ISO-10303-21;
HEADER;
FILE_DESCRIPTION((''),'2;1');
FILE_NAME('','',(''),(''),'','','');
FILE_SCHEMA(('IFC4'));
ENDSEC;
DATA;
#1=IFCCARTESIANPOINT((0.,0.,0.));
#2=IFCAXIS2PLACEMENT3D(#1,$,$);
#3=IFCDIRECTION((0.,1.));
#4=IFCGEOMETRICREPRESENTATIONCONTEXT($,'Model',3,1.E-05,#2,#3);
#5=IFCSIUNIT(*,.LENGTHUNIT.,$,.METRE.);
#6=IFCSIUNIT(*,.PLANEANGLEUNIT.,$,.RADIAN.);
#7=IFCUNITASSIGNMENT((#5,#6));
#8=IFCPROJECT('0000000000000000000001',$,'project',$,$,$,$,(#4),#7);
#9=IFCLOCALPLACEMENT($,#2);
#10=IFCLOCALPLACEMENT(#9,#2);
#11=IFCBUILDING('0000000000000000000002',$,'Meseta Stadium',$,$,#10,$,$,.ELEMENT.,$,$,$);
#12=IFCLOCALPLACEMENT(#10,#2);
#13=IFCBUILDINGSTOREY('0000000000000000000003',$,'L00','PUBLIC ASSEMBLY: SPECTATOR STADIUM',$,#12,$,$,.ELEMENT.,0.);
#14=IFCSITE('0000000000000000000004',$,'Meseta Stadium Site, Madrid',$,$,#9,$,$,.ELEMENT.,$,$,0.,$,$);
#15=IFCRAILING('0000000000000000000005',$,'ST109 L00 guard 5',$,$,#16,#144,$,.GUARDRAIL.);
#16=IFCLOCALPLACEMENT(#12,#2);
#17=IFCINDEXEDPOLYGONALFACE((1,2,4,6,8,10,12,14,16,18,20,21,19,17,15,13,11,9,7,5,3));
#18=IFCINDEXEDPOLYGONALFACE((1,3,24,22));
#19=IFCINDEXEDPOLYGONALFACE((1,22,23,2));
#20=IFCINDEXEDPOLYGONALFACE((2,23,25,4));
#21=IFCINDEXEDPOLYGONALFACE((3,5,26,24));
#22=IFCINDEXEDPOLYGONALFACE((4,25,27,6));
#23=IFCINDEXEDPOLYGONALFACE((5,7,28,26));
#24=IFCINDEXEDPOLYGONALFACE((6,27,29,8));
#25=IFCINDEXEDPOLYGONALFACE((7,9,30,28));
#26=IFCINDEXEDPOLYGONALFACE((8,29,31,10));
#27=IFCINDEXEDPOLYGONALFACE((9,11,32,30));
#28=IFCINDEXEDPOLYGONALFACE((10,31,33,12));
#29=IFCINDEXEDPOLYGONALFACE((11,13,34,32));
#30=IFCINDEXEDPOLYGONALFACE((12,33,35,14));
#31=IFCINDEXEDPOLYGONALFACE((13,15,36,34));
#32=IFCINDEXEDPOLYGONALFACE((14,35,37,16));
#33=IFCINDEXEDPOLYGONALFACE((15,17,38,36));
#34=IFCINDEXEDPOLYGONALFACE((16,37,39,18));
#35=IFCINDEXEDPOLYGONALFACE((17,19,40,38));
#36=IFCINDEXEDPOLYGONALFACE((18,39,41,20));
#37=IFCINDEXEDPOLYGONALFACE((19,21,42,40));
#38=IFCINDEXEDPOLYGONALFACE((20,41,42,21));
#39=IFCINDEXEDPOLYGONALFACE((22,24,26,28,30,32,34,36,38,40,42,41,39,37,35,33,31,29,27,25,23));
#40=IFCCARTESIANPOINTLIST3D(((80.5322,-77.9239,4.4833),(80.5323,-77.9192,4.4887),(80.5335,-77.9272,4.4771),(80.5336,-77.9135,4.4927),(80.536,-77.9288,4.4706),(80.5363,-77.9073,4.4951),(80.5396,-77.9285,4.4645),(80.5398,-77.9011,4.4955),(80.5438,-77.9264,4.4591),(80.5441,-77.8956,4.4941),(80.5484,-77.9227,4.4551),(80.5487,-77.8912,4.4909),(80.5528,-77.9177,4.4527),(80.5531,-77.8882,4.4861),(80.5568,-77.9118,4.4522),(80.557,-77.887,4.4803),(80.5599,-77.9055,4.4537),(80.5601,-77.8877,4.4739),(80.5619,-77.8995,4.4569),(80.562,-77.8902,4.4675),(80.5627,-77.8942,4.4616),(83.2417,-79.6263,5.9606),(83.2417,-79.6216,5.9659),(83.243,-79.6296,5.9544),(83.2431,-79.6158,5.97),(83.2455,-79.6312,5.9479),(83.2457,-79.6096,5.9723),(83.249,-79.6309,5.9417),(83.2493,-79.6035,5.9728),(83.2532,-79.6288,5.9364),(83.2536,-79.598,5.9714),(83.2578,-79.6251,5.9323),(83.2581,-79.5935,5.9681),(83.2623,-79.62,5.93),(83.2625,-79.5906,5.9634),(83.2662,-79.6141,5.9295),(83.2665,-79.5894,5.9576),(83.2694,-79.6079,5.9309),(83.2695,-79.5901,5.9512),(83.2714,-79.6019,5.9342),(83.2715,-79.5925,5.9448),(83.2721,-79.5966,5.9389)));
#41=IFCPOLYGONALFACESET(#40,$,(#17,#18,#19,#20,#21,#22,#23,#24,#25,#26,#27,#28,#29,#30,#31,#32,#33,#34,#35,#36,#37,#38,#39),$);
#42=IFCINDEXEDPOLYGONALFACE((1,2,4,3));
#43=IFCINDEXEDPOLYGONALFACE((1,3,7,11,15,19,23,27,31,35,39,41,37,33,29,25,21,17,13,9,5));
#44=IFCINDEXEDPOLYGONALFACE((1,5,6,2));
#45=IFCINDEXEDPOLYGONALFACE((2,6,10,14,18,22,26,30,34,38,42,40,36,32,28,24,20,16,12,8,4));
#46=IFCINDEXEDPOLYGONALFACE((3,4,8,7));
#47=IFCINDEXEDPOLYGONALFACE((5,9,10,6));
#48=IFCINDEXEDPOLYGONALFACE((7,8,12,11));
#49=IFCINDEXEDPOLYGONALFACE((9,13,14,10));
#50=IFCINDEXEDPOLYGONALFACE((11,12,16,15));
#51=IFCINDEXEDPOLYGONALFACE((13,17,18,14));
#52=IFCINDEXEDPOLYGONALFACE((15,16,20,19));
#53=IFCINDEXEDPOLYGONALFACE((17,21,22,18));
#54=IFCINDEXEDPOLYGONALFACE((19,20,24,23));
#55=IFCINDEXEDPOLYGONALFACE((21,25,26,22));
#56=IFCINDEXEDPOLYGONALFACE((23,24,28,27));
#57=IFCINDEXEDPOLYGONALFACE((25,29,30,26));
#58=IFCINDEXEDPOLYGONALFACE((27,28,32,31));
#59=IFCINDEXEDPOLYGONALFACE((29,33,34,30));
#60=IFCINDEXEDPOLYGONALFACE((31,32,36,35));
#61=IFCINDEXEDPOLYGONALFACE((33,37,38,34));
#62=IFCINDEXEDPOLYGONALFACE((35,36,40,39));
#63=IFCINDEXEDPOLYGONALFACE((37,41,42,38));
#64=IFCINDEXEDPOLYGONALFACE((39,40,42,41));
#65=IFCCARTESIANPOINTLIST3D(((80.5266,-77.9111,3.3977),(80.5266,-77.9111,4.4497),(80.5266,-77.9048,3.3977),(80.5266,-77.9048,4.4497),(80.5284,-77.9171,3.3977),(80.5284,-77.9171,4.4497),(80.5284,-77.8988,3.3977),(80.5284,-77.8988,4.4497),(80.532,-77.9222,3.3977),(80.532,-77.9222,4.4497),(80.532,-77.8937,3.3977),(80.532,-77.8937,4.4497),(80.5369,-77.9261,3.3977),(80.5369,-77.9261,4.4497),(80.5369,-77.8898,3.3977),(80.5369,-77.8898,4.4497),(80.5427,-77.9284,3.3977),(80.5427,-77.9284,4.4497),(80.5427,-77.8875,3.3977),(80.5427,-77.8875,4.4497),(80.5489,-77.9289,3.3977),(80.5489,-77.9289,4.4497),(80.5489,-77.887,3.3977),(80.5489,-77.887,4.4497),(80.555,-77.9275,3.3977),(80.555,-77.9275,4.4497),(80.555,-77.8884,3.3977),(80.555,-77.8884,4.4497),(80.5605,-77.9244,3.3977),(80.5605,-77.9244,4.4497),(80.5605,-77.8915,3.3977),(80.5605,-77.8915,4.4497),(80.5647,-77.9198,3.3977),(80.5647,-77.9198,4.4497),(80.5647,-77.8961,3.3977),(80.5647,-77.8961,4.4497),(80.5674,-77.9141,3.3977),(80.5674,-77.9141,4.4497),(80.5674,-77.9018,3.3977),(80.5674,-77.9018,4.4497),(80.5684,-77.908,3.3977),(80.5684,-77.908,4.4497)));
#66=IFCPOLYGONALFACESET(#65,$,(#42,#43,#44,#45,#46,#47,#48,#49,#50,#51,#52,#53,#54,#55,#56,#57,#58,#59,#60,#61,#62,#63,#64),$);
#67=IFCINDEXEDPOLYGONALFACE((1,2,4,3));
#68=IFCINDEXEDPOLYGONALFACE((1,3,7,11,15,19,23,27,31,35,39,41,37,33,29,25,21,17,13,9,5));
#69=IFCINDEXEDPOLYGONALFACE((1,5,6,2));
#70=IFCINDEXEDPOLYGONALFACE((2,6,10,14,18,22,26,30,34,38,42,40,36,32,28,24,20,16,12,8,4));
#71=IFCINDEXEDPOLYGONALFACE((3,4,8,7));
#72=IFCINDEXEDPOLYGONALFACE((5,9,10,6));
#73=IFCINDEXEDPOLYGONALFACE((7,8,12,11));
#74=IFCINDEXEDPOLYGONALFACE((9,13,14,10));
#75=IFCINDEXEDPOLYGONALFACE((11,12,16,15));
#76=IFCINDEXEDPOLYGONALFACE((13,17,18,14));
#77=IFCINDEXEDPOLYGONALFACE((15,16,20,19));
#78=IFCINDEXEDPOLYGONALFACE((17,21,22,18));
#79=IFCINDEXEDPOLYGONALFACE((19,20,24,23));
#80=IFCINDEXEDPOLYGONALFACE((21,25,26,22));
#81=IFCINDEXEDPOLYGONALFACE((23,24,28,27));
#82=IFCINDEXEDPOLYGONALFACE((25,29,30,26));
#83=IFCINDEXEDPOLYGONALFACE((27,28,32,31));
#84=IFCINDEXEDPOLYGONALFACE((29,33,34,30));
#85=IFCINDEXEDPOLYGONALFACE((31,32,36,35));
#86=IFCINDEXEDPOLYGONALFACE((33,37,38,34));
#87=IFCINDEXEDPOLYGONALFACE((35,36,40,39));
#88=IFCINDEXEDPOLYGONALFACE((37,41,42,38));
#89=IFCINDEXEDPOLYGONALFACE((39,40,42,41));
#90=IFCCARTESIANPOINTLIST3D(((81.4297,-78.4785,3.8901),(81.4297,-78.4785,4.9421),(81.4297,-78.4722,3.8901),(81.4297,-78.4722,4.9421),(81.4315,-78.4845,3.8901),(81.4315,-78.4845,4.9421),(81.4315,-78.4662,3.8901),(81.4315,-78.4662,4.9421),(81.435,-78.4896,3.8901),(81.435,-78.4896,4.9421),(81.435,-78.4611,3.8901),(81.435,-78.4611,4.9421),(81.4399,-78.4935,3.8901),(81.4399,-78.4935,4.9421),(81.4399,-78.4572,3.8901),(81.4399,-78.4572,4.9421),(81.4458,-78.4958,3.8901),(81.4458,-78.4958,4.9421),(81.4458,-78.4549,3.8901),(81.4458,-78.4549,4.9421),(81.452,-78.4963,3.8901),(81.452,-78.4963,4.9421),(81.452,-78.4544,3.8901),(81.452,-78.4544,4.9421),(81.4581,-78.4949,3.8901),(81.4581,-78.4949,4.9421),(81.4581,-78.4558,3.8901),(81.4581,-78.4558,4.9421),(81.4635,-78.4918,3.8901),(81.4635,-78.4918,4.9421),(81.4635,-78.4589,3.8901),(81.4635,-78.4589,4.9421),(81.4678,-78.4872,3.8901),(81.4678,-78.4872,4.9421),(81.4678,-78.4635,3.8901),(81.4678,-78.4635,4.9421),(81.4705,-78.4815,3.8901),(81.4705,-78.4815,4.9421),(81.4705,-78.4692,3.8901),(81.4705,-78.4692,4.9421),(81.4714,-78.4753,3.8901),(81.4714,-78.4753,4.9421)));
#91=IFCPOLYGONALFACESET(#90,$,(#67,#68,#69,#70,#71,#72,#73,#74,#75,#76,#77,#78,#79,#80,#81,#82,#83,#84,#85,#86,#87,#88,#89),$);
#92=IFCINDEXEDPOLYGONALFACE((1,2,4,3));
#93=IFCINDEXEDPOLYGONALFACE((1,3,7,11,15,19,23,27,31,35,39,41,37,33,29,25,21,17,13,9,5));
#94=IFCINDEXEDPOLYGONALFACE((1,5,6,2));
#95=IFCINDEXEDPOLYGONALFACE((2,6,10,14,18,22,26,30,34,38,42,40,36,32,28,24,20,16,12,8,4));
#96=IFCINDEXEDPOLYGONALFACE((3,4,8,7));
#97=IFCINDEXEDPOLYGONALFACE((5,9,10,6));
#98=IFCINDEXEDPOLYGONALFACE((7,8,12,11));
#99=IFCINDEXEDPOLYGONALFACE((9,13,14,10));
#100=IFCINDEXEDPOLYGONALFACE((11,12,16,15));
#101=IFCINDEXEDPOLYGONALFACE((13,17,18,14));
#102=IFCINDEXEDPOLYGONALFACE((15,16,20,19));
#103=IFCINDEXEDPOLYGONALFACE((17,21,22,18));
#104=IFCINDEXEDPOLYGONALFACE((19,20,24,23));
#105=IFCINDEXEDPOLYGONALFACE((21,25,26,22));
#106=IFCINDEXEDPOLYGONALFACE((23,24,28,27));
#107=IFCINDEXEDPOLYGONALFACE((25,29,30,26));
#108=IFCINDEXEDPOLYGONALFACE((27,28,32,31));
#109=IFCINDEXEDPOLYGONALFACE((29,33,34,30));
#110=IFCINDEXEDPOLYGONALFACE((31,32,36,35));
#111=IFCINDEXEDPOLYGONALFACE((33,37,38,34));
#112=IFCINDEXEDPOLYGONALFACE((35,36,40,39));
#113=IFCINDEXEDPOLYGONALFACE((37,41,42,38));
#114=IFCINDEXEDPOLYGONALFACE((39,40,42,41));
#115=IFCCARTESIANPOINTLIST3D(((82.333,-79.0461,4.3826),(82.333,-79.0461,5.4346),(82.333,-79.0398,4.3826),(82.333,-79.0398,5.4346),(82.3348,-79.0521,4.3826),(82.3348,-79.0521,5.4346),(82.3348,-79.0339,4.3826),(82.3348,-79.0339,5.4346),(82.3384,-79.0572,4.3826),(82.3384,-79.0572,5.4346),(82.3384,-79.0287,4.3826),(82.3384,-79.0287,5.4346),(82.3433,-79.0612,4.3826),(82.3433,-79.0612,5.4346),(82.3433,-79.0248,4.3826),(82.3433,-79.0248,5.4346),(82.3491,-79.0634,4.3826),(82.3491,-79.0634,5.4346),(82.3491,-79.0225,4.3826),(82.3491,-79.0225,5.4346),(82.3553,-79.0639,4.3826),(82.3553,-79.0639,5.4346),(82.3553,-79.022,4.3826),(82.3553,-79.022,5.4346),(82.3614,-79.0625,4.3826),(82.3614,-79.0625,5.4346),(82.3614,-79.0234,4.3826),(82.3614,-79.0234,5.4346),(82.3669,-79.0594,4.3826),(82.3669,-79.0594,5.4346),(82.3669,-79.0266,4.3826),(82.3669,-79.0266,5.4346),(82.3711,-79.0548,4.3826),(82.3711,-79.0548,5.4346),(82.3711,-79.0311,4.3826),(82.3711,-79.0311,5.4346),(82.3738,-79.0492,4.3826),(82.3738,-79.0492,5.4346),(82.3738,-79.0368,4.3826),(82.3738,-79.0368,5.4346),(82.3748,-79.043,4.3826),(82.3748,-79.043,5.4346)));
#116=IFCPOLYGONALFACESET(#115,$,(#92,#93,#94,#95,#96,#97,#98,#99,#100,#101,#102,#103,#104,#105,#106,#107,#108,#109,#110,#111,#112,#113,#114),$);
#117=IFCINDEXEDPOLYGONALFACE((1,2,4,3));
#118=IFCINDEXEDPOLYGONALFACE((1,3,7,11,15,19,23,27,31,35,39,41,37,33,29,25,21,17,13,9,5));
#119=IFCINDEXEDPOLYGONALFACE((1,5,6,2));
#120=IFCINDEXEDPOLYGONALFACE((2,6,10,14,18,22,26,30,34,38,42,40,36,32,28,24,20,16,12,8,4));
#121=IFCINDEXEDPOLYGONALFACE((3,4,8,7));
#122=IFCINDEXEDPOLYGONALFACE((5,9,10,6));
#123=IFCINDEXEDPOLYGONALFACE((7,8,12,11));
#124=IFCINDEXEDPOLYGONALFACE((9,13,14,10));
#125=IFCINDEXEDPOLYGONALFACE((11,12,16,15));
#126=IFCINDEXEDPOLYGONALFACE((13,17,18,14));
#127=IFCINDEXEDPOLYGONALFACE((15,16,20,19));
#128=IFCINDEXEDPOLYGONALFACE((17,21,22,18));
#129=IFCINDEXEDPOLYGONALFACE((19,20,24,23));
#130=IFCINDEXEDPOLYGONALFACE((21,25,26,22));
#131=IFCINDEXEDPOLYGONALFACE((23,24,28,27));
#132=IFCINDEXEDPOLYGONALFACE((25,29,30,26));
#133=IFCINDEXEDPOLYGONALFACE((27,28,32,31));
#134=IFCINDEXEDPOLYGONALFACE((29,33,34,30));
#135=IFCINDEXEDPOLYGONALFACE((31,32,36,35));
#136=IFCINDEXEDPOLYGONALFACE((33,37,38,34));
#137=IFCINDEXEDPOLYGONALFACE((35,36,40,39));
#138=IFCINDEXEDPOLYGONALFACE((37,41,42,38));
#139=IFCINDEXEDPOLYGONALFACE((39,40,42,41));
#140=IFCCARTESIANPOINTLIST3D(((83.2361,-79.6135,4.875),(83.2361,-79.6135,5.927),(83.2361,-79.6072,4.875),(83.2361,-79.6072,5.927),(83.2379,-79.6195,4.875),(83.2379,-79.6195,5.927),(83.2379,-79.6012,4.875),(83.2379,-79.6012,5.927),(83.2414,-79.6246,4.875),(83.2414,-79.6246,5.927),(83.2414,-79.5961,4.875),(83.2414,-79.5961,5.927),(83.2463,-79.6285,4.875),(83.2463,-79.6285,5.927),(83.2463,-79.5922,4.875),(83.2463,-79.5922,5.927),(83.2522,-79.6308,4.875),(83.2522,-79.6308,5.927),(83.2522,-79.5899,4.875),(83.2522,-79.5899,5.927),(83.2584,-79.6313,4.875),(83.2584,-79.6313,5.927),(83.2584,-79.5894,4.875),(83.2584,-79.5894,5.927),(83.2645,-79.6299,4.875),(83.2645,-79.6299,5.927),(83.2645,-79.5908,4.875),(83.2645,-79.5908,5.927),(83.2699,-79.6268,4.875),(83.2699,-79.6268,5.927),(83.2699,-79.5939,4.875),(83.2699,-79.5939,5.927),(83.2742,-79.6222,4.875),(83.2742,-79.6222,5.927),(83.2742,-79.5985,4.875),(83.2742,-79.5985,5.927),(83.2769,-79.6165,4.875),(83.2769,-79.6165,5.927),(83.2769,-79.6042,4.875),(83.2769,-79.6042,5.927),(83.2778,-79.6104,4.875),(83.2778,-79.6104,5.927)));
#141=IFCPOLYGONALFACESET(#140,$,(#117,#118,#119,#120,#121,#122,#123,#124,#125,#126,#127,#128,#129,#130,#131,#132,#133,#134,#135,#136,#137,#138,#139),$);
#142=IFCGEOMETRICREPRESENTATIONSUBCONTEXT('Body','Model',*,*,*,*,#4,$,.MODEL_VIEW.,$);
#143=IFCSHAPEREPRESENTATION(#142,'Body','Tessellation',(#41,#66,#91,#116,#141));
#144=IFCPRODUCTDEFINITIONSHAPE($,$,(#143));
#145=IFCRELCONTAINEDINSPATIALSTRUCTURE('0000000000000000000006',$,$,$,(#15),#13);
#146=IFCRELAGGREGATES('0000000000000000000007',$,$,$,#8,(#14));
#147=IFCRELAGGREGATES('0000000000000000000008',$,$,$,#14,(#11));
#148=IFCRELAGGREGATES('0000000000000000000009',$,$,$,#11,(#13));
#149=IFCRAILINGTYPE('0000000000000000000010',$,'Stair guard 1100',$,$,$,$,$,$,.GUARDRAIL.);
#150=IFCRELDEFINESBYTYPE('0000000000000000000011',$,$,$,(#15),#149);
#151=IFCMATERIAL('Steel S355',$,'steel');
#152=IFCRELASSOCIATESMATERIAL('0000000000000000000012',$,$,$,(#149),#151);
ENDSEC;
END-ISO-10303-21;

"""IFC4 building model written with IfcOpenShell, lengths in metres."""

from ifc_helpers import new_model, si_unit, direction, frame, origin, origin_2d, place, context, subcontext, project, spatial, circle, extrude, material, type_object, element, save


model = new_model("IFC4")

# Units and contexts
model_context = context("Model", 3, precision=1e-05, world=origin(), true_north=direction((0.0, 1.0)))
body_context = subcontext(model_context, "Body", "Model", "MODEL_VIEW")
ifc_project = project(units=[si_unit("LENGTHUNIT", "METRE"), si_unit("PLANEANGLEUNIT", "RADIAN")], contexts=[model_context])

# Site, building, storey
site_placement = place(None, origin())
site = spatial("IfcSite", under=ifc_project, at=site_placement, Name="Meseta Stadium Site, Madrid", CompositionType="ELEMENT", RefElevation=0.0)
building_placement = place(site_placement, origin())
building = spatial("IfcBuilding", under=site, at=building_placement, Name="Meseta Stadium", CompositionType="ELEMENT")
storey_placement = place(building_placement, origin())
storey = spatial("IfcBuildingStorey", under=building, at=storey_placement, Name="L00", Description="PUBLIC ASSEMBLY: SPECTATOR STADIUM", CompositionType="ELEMENT", Elevation=0.0)

# Railing
ifc_material_1 = material(Name="Steel S355", Category="steel")
railing_type_1 = type_object("IfcRailingType", Name="Stair guard 1100", PredefinedType="GUARDRAIL", material=ifc_material_1)
railing_1_placement = place(storey_placement, frame((80.5474, -77.908, 3.3977)))
element("IfcRailing", 1, at=railing_1_placement, inside=storey, type_object=railing_type_1, Name="ST109 L00 guard 5", PredefinedType="GUARDRAIL", context=body_context, shape_type="SweptSolid", body=[
    extrude(circle(Radius=0.0239, at=origin_2d()), frame((0.0, 0.0, 1.0762), z_axis=(0.768764, -0.483023, 0.419156), x_axis=(0.532014, 0.846736, 0.0)), (0.0, 0.0, 1.0), 3.5244),
    extrude(circle(Radius=0.021, at=origin_2d()), origin(), (0.0, 0.0, 1.0), 1.052),
    extrude(circle(Radius=0.021, at=origin_2d()), frame((0.9031, -0.5674, 0.4924)), (0.0, 0.0, 1.0), 1.052),
    extrude(circle(Radius=0.021, at=origin_2d()), frame((1.8064, -1.135, 0.9849)), (0.0, 0.0, 1.0), 1.052),
    extrude(circle(Radius=0.021, at=origin_2d()), frame((2.7095, -1.7024, 1.4773)), (0.0, 0.0, 1.0), 1.052),
])

save(model, "model.ifc")
